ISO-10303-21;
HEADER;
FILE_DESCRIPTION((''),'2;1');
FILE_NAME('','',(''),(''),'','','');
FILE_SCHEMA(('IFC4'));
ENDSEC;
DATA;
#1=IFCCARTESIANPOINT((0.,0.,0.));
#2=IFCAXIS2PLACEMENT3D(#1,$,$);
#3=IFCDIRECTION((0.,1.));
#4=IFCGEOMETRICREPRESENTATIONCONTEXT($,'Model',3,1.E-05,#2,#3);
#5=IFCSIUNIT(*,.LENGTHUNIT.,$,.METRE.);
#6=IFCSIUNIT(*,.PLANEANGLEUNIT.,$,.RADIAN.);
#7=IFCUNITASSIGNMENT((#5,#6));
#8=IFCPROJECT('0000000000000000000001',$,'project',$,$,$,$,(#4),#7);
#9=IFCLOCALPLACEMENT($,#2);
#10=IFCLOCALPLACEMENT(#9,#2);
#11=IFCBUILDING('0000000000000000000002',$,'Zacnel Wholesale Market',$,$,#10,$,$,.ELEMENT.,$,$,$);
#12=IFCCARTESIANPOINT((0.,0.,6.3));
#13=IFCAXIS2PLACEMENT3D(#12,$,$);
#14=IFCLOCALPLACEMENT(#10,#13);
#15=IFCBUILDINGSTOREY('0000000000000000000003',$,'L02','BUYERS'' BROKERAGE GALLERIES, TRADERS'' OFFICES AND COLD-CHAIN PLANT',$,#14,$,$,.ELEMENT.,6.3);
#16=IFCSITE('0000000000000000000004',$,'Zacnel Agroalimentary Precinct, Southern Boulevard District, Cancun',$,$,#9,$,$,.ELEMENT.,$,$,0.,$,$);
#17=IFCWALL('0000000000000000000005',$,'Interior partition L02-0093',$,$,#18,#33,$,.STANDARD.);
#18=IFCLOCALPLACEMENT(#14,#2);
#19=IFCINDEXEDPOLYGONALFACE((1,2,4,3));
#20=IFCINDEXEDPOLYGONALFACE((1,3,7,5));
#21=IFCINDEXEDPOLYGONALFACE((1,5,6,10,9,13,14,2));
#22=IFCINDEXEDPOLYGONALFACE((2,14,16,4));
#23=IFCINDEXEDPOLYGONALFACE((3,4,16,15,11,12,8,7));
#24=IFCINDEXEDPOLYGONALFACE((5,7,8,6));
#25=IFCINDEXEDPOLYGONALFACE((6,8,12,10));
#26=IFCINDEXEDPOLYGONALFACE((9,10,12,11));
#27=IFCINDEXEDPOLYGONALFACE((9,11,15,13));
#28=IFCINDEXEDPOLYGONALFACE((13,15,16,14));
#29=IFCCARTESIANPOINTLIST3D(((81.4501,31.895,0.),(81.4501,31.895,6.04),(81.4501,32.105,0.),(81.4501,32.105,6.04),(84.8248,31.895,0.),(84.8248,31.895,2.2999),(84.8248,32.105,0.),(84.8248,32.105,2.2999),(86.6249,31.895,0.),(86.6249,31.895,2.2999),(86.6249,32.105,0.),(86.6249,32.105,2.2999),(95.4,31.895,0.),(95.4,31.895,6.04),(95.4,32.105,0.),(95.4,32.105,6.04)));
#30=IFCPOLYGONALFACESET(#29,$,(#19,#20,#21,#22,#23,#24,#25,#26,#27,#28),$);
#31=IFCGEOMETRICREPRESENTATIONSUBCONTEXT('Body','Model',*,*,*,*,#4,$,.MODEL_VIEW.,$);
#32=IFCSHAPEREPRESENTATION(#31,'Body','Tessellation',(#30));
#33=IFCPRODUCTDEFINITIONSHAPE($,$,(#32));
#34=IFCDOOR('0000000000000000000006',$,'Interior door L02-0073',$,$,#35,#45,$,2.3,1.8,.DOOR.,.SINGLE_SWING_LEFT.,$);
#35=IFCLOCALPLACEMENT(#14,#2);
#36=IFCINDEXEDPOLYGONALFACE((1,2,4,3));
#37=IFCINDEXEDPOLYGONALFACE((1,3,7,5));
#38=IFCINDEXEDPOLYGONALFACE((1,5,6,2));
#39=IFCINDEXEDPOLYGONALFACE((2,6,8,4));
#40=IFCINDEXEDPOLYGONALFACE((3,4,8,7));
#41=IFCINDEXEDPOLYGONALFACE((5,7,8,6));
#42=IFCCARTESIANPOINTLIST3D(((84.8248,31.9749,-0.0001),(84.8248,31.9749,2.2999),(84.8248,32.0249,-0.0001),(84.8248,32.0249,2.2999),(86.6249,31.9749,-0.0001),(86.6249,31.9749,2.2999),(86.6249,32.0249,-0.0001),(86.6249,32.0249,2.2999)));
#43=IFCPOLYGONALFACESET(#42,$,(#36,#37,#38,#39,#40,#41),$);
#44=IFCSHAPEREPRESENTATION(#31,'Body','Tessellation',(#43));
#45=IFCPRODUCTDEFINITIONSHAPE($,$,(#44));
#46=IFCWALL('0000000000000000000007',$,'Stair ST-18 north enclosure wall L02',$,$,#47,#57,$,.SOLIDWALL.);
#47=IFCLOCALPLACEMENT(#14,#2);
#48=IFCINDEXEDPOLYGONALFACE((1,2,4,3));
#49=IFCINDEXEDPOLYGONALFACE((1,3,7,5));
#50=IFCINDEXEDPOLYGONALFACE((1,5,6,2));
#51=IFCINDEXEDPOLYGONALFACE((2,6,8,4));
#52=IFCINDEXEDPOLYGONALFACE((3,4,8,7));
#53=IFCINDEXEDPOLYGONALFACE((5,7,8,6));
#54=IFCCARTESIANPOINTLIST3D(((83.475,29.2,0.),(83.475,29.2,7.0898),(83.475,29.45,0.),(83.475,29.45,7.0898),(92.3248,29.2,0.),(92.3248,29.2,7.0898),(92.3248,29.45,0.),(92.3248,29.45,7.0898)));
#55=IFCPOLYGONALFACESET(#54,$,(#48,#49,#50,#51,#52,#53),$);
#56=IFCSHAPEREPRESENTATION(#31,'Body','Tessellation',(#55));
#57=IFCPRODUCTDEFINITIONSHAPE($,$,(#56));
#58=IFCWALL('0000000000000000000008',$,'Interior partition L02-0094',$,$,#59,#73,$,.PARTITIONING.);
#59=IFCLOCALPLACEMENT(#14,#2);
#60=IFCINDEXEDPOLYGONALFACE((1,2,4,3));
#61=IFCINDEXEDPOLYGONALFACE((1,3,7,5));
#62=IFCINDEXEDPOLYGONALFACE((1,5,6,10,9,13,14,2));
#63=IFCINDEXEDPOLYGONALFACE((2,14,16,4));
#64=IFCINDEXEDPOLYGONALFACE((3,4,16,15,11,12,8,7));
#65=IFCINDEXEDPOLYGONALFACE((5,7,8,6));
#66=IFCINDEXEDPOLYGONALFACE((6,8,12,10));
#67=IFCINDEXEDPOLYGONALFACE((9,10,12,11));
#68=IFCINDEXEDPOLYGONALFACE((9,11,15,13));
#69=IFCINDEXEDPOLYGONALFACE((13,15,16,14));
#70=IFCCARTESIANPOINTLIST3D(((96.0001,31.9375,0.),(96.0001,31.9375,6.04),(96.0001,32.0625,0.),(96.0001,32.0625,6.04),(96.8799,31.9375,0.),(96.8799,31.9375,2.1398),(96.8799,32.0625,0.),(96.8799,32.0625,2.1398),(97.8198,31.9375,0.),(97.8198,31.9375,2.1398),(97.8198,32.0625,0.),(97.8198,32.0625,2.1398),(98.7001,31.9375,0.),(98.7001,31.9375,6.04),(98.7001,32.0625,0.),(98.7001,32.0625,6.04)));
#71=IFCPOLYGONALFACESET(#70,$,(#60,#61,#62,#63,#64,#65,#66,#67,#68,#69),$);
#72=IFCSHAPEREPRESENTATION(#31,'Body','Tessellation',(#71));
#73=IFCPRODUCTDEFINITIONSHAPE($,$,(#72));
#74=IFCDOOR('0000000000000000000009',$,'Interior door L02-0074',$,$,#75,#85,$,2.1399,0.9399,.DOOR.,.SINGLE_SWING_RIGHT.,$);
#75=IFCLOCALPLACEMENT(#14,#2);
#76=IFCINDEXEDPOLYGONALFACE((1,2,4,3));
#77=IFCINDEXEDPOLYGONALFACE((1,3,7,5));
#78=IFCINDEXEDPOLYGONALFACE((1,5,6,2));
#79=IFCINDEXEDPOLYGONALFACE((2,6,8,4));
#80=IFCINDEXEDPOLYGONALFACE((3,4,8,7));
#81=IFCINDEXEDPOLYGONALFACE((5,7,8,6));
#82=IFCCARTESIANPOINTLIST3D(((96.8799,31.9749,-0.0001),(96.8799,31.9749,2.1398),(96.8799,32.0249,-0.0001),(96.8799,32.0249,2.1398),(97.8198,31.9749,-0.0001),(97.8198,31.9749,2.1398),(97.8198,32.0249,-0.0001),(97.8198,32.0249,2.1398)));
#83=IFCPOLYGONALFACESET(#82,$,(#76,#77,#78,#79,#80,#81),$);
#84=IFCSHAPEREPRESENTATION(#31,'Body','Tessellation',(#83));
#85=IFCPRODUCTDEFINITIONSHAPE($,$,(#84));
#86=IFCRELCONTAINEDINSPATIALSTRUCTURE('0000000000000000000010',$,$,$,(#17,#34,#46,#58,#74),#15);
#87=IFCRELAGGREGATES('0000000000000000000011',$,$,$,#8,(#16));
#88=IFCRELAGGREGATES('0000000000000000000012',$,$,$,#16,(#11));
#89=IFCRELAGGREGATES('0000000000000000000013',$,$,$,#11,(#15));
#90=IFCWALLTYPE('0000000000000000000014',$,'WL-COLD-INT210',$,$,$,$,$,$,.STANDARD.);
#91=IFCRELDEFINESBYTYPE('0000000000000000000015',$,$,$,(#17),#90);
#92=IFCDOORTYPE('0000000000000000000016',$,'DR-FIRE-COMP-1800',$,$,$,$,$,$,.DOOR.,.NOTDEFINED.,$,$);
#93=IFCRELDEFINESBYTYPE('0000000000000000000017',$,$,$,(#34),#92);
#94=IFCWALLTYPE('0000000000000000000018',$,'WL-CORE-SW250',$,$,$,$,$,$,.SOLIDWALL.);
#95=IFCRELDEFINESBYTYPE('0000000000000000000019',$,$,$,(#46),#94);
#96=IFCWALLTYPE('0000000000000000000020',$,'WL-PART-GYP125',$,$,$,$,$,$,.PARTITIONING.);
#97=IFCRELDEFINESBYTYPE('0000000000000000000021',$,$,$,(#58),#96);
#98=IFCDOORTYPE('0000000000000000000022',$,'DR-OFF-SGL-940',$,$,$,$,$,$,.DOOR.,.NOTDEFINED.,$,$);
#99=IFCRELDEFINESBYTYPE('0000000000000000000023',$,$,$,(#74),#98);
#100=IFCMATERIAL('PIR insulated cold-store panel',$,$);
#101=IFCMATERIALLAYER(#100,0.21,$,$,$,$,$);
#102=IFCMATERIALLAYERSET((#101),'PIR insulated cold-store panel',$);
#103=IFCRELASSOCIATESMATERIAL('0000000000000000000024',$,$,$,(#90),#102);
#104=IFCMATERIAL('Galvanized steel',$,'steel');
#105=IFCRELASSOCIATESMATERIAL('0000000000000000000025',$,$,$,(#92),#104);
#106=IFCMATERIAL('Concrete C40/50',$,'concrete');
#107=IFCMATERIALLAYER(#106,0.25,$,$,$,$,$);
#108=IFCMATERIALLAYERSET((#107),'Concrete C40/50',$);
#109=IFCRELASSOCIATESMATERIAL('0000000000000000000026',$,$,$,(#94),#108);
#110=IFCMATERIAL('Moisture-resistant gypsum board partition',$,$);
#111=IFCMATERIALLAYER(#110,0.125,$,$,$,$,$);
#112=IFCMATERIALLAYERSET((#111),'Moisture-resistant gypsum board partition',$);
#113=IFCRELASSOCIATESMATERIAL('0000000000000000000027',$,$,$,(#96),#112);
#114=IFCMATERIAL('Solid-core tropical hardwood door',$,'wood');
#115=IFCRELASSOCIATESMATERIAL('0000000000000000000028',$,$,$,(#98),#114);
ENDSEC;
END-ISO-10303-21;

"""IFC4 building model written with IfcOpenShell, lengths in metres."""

from ifc_helpers import new_model, si_unit, direction, frame, frame_2d, origin, place, context, subcontext, project, spatial, rectangle, extrude, material, layer, layer_set, type_object, element, fill, save


model = new_model("IFC4")

# Units and contexts
model_context = context("Model", 3, precision=1e-05, world=origin(), true_north=direction((0.0, 1.0)))
body_context = subcontext(model_context, "Body", "Model", "MODEL_VIEW")
ifc_project = project(units=[si_unit("LENGTHUNIT", "METRE"), si_unit("PLANEANGLEUNIT", "RADIAN")], contexts=[model_context])

# Site, building, storey
site_placement = place(None, origin())
site = spatial("IfcSite", under=ifc_project, at=site_placement, Name="Zacnel Agroalimentary Precinct, Southern Boulevard District, Cancun", CompositionType="ELEMENT", RefElevation=0.0)
building_placement = place(site_placement, origin())
building = spatial("IfcBuilding", under=site, at=building_placement, Name="Zacnel Wholesale Market", CompositionType="ELEMENT")
storey_placement = place(building_placement, frame((0.0, 0.0, 6.3)))
storey = spatial("IfcBuildingStorey", under=building, at=storey_placement, Name="L02", Description="BUYERS' BROKERAGE GALLERIES, TRADERS' OFFICES AND COLD-CHAIN PLANT", CompositionType="ELEMENT", Elevation=6.3)

# Wall, opening, door
ifc_material_1 = material(Name="PIR insulated cold-store panel")
ifc_layer_1 = layer(ifc_material_1, 0.21)
ifc_layer_set_1 = layer_set([ifc_layer_1], Name="PIR insulated cold-store panel")
wall_type_1 = type_object("IfcWallType", Name="WL-COLD-INT210", PredefinedType="STANDARD", material=ifc_layer_set_1)
wall_1_placement = place(storey_placement, frame((81.45, 32.0, 0.0), z_axis=(0.0, 0.0, 1.0), x_axis=(1.0, 0.0, 0.0)))
wall_1 = element("IfcWall", 1, at=wall_1_placement, inside=storey, type_object=wall_type_1, Name="Interior partition L02-0093", PredefinedType="STANDARD", context=body_context, shape_type="SweptSolid", body=[
    extrude(rectangle(XDim=13.95, YDim=0.21, at=frame_2d((6.9751, 0.0))), origin(), (0.0, 0.0, 1.0), 6.04),
])
opening_1_placement = place(wall_1_placement, frame((3.375, 0.0, 0.0)))
opening_1 = element("IfcOpeningElement", 2, at=opening_1_placement, cuts=wall_1, PredefinedType="OPENING", context=body_context, shape_type="SweptSolid", body=[
    extrude(rectangle(XDim=1.8, YDim=2.3, at=frame_2d((0.8999, 1.1499))), frame((0.0, 0.115, 0.0), z_axis=(0.0, -1.0, 0.0), x_axis=(1.0, 0.0, 0.0)), (0.0, 0.0, 1.0), 0.23),
])
ifc_material_2 = material(Name="Galvanized steel", Category="steel")
door_type_1 = type_object("IfcDoorType", Name="DR-FIRE-COMP-1800", OperationType="NOTDEFINED", PredefinedType="DOOR", material=ifc_material_2)
door_1_placement = place(opening_1_placement, origin())
door_1 = element("IfcDoor", 3, at=door_1_placement, inside=storey, type_object=door_type_1, Name="Interior door L02-0073", OperationType="SINGLE_SWING_LEFT", OverallHeight=2.3, OverallWidth=1.8, PredefinedType="DOOR", context=body_context, shape_type="SweptSolid", body=[
    extrude(rectangle(XDim=1.8, YDim=2.3, at=frame_2d((0.8999, 1.1499))), frame((0.0, 0.0249, 0.0), z_axis=(0.0, -1.0, 0.0), x_axis=(1.0, 0.0, 0.0)), (0.0, 0.0, 1.0), 0.05),
])
fill(opening_1, door_1)

# Wall
ifc_material_3 = material(Name="Concrete C40/50", Category="concrete")
ifc_layer_2 = layer(ifc_material_3, 0.25)
ifc_layer_set_2 = layer_set([ifc_layer_2], Name="Concrete C40/50")
wall_type_2 = type_object("IfcWallType", Name="WL-CORE-SW250", PredefinedType="SOLIDWALL", material=ifc_layer_set_2)
wall_2_placement = place(storey_placement, frame((83.4751, 29.325, 0.0), z_axis=(0.0, 0.0, 1.0), x_axis=(1.0, 0.0, 0.0)))
element("IfcWall", 4, at=wall_2_placement, inside=storey, type_object=wall_type_2, Name="Stair ST-18 north enclosure wall L02", PredefinedType="SOLIDWALL", context=body_context, shape_type="SweptSolid", body=[
    extrude(rectangle(XDim=8.8499, YDim=0.25, at=frame_2d((4.4248, 0.0))), origin(), (0.0, 0.0, 1.0), 7.0898),
])

# Wall, opening, door
ifc_material_4 = material(Name="Moisture-resistant gypsum board partition")
ifc_layer_3 = layer(ifc_material_4, 0.125)
ifc_layer_set_3 = layer_set([ifc_layer_3], Name="Moisture-resistant gypsum board partition")
wall_type_3 = type_object("IfcWallType", Name="WL-PART-GYP125", PredefinedType="PARTITIONING", material=ifc_layer_set_3)
wall_3_placement = place(storey_placement, frame((96.0, 32.0, 0.0), z_axis=(0.0, 0.0, 1.0), x_axis=(1.0, 0.0, 0.0)))
wall_3 = element("IfcWall", 5, at=wall_3_placement, inside=storey, type_object=wall_type_3, Name="Interior partition L02-0094", PredefinedType="PARTITIONING", context=body_context, shape_type="SweptSolid", body=[
    extrude(rectangle(XDim=2.7, YDim=0.125, at=frame_2d((1.3501, 0.0))), origin(), (0.0, 0.0, 1.0), 6.04),
])
opening_2_placement = place(wall_3_placement, frame((0.8799, 0.0, 0.0)))
opening_2 = element("IfcOpeningElement", 6, at=opening_2_placement, cuts=wall_3, PredefinedType="OPENING", context=body_context, shape_type="SweptSolid", body=[
    extrude(rectangle(XDim=0.9399, YDim=2.1399, at=frame_2d((0.47, 1.0698))), frame((0.0, 0.0725, 0.0), z_axis=(0.0, -1.0, 0.0), x_axis=(1.0, 0.0, 0.0)), (0.0, 0.0, 1.0), 0.145),
])
ifc_material_5 = material(Name="Solid-core tropical hardwood door", Category="wood")
door_type_2 = type_object("IfcDoorType", Name="DR-OFF-SGL-940", OperationType="NOTDEFINED", PredefinedType="DOOR", material=ifc_material_5)
door_2_placement = place(opening_2_placement, origin())
door_2 = element("IfcDoor", 7, at=door_2_placement, inside=storey, type_object=door_type_2, Name="Interior door L02-0074", OperationType="SINGLE_SWING_RIGHT", OverallHeight=2.1399, OverallWidth=0.9399, PredefinedType="DOOR", context=body_context, shape_type="SweptSolid", body=[
    extrude(rectangle(XDim=0.9399, YDim=2.1399, at=frame_2d((0.47, 1.0698))), frame((0.0, 0.0249, 0.0), z_axis=(0.0, -1.0, 0.0), x_axis=(1.0, 0.0, 0.0)), (0.0, 0.0, 1.0), 0.05),
])
fill(opening_2, door_2)

save(model, "model.ifc")
